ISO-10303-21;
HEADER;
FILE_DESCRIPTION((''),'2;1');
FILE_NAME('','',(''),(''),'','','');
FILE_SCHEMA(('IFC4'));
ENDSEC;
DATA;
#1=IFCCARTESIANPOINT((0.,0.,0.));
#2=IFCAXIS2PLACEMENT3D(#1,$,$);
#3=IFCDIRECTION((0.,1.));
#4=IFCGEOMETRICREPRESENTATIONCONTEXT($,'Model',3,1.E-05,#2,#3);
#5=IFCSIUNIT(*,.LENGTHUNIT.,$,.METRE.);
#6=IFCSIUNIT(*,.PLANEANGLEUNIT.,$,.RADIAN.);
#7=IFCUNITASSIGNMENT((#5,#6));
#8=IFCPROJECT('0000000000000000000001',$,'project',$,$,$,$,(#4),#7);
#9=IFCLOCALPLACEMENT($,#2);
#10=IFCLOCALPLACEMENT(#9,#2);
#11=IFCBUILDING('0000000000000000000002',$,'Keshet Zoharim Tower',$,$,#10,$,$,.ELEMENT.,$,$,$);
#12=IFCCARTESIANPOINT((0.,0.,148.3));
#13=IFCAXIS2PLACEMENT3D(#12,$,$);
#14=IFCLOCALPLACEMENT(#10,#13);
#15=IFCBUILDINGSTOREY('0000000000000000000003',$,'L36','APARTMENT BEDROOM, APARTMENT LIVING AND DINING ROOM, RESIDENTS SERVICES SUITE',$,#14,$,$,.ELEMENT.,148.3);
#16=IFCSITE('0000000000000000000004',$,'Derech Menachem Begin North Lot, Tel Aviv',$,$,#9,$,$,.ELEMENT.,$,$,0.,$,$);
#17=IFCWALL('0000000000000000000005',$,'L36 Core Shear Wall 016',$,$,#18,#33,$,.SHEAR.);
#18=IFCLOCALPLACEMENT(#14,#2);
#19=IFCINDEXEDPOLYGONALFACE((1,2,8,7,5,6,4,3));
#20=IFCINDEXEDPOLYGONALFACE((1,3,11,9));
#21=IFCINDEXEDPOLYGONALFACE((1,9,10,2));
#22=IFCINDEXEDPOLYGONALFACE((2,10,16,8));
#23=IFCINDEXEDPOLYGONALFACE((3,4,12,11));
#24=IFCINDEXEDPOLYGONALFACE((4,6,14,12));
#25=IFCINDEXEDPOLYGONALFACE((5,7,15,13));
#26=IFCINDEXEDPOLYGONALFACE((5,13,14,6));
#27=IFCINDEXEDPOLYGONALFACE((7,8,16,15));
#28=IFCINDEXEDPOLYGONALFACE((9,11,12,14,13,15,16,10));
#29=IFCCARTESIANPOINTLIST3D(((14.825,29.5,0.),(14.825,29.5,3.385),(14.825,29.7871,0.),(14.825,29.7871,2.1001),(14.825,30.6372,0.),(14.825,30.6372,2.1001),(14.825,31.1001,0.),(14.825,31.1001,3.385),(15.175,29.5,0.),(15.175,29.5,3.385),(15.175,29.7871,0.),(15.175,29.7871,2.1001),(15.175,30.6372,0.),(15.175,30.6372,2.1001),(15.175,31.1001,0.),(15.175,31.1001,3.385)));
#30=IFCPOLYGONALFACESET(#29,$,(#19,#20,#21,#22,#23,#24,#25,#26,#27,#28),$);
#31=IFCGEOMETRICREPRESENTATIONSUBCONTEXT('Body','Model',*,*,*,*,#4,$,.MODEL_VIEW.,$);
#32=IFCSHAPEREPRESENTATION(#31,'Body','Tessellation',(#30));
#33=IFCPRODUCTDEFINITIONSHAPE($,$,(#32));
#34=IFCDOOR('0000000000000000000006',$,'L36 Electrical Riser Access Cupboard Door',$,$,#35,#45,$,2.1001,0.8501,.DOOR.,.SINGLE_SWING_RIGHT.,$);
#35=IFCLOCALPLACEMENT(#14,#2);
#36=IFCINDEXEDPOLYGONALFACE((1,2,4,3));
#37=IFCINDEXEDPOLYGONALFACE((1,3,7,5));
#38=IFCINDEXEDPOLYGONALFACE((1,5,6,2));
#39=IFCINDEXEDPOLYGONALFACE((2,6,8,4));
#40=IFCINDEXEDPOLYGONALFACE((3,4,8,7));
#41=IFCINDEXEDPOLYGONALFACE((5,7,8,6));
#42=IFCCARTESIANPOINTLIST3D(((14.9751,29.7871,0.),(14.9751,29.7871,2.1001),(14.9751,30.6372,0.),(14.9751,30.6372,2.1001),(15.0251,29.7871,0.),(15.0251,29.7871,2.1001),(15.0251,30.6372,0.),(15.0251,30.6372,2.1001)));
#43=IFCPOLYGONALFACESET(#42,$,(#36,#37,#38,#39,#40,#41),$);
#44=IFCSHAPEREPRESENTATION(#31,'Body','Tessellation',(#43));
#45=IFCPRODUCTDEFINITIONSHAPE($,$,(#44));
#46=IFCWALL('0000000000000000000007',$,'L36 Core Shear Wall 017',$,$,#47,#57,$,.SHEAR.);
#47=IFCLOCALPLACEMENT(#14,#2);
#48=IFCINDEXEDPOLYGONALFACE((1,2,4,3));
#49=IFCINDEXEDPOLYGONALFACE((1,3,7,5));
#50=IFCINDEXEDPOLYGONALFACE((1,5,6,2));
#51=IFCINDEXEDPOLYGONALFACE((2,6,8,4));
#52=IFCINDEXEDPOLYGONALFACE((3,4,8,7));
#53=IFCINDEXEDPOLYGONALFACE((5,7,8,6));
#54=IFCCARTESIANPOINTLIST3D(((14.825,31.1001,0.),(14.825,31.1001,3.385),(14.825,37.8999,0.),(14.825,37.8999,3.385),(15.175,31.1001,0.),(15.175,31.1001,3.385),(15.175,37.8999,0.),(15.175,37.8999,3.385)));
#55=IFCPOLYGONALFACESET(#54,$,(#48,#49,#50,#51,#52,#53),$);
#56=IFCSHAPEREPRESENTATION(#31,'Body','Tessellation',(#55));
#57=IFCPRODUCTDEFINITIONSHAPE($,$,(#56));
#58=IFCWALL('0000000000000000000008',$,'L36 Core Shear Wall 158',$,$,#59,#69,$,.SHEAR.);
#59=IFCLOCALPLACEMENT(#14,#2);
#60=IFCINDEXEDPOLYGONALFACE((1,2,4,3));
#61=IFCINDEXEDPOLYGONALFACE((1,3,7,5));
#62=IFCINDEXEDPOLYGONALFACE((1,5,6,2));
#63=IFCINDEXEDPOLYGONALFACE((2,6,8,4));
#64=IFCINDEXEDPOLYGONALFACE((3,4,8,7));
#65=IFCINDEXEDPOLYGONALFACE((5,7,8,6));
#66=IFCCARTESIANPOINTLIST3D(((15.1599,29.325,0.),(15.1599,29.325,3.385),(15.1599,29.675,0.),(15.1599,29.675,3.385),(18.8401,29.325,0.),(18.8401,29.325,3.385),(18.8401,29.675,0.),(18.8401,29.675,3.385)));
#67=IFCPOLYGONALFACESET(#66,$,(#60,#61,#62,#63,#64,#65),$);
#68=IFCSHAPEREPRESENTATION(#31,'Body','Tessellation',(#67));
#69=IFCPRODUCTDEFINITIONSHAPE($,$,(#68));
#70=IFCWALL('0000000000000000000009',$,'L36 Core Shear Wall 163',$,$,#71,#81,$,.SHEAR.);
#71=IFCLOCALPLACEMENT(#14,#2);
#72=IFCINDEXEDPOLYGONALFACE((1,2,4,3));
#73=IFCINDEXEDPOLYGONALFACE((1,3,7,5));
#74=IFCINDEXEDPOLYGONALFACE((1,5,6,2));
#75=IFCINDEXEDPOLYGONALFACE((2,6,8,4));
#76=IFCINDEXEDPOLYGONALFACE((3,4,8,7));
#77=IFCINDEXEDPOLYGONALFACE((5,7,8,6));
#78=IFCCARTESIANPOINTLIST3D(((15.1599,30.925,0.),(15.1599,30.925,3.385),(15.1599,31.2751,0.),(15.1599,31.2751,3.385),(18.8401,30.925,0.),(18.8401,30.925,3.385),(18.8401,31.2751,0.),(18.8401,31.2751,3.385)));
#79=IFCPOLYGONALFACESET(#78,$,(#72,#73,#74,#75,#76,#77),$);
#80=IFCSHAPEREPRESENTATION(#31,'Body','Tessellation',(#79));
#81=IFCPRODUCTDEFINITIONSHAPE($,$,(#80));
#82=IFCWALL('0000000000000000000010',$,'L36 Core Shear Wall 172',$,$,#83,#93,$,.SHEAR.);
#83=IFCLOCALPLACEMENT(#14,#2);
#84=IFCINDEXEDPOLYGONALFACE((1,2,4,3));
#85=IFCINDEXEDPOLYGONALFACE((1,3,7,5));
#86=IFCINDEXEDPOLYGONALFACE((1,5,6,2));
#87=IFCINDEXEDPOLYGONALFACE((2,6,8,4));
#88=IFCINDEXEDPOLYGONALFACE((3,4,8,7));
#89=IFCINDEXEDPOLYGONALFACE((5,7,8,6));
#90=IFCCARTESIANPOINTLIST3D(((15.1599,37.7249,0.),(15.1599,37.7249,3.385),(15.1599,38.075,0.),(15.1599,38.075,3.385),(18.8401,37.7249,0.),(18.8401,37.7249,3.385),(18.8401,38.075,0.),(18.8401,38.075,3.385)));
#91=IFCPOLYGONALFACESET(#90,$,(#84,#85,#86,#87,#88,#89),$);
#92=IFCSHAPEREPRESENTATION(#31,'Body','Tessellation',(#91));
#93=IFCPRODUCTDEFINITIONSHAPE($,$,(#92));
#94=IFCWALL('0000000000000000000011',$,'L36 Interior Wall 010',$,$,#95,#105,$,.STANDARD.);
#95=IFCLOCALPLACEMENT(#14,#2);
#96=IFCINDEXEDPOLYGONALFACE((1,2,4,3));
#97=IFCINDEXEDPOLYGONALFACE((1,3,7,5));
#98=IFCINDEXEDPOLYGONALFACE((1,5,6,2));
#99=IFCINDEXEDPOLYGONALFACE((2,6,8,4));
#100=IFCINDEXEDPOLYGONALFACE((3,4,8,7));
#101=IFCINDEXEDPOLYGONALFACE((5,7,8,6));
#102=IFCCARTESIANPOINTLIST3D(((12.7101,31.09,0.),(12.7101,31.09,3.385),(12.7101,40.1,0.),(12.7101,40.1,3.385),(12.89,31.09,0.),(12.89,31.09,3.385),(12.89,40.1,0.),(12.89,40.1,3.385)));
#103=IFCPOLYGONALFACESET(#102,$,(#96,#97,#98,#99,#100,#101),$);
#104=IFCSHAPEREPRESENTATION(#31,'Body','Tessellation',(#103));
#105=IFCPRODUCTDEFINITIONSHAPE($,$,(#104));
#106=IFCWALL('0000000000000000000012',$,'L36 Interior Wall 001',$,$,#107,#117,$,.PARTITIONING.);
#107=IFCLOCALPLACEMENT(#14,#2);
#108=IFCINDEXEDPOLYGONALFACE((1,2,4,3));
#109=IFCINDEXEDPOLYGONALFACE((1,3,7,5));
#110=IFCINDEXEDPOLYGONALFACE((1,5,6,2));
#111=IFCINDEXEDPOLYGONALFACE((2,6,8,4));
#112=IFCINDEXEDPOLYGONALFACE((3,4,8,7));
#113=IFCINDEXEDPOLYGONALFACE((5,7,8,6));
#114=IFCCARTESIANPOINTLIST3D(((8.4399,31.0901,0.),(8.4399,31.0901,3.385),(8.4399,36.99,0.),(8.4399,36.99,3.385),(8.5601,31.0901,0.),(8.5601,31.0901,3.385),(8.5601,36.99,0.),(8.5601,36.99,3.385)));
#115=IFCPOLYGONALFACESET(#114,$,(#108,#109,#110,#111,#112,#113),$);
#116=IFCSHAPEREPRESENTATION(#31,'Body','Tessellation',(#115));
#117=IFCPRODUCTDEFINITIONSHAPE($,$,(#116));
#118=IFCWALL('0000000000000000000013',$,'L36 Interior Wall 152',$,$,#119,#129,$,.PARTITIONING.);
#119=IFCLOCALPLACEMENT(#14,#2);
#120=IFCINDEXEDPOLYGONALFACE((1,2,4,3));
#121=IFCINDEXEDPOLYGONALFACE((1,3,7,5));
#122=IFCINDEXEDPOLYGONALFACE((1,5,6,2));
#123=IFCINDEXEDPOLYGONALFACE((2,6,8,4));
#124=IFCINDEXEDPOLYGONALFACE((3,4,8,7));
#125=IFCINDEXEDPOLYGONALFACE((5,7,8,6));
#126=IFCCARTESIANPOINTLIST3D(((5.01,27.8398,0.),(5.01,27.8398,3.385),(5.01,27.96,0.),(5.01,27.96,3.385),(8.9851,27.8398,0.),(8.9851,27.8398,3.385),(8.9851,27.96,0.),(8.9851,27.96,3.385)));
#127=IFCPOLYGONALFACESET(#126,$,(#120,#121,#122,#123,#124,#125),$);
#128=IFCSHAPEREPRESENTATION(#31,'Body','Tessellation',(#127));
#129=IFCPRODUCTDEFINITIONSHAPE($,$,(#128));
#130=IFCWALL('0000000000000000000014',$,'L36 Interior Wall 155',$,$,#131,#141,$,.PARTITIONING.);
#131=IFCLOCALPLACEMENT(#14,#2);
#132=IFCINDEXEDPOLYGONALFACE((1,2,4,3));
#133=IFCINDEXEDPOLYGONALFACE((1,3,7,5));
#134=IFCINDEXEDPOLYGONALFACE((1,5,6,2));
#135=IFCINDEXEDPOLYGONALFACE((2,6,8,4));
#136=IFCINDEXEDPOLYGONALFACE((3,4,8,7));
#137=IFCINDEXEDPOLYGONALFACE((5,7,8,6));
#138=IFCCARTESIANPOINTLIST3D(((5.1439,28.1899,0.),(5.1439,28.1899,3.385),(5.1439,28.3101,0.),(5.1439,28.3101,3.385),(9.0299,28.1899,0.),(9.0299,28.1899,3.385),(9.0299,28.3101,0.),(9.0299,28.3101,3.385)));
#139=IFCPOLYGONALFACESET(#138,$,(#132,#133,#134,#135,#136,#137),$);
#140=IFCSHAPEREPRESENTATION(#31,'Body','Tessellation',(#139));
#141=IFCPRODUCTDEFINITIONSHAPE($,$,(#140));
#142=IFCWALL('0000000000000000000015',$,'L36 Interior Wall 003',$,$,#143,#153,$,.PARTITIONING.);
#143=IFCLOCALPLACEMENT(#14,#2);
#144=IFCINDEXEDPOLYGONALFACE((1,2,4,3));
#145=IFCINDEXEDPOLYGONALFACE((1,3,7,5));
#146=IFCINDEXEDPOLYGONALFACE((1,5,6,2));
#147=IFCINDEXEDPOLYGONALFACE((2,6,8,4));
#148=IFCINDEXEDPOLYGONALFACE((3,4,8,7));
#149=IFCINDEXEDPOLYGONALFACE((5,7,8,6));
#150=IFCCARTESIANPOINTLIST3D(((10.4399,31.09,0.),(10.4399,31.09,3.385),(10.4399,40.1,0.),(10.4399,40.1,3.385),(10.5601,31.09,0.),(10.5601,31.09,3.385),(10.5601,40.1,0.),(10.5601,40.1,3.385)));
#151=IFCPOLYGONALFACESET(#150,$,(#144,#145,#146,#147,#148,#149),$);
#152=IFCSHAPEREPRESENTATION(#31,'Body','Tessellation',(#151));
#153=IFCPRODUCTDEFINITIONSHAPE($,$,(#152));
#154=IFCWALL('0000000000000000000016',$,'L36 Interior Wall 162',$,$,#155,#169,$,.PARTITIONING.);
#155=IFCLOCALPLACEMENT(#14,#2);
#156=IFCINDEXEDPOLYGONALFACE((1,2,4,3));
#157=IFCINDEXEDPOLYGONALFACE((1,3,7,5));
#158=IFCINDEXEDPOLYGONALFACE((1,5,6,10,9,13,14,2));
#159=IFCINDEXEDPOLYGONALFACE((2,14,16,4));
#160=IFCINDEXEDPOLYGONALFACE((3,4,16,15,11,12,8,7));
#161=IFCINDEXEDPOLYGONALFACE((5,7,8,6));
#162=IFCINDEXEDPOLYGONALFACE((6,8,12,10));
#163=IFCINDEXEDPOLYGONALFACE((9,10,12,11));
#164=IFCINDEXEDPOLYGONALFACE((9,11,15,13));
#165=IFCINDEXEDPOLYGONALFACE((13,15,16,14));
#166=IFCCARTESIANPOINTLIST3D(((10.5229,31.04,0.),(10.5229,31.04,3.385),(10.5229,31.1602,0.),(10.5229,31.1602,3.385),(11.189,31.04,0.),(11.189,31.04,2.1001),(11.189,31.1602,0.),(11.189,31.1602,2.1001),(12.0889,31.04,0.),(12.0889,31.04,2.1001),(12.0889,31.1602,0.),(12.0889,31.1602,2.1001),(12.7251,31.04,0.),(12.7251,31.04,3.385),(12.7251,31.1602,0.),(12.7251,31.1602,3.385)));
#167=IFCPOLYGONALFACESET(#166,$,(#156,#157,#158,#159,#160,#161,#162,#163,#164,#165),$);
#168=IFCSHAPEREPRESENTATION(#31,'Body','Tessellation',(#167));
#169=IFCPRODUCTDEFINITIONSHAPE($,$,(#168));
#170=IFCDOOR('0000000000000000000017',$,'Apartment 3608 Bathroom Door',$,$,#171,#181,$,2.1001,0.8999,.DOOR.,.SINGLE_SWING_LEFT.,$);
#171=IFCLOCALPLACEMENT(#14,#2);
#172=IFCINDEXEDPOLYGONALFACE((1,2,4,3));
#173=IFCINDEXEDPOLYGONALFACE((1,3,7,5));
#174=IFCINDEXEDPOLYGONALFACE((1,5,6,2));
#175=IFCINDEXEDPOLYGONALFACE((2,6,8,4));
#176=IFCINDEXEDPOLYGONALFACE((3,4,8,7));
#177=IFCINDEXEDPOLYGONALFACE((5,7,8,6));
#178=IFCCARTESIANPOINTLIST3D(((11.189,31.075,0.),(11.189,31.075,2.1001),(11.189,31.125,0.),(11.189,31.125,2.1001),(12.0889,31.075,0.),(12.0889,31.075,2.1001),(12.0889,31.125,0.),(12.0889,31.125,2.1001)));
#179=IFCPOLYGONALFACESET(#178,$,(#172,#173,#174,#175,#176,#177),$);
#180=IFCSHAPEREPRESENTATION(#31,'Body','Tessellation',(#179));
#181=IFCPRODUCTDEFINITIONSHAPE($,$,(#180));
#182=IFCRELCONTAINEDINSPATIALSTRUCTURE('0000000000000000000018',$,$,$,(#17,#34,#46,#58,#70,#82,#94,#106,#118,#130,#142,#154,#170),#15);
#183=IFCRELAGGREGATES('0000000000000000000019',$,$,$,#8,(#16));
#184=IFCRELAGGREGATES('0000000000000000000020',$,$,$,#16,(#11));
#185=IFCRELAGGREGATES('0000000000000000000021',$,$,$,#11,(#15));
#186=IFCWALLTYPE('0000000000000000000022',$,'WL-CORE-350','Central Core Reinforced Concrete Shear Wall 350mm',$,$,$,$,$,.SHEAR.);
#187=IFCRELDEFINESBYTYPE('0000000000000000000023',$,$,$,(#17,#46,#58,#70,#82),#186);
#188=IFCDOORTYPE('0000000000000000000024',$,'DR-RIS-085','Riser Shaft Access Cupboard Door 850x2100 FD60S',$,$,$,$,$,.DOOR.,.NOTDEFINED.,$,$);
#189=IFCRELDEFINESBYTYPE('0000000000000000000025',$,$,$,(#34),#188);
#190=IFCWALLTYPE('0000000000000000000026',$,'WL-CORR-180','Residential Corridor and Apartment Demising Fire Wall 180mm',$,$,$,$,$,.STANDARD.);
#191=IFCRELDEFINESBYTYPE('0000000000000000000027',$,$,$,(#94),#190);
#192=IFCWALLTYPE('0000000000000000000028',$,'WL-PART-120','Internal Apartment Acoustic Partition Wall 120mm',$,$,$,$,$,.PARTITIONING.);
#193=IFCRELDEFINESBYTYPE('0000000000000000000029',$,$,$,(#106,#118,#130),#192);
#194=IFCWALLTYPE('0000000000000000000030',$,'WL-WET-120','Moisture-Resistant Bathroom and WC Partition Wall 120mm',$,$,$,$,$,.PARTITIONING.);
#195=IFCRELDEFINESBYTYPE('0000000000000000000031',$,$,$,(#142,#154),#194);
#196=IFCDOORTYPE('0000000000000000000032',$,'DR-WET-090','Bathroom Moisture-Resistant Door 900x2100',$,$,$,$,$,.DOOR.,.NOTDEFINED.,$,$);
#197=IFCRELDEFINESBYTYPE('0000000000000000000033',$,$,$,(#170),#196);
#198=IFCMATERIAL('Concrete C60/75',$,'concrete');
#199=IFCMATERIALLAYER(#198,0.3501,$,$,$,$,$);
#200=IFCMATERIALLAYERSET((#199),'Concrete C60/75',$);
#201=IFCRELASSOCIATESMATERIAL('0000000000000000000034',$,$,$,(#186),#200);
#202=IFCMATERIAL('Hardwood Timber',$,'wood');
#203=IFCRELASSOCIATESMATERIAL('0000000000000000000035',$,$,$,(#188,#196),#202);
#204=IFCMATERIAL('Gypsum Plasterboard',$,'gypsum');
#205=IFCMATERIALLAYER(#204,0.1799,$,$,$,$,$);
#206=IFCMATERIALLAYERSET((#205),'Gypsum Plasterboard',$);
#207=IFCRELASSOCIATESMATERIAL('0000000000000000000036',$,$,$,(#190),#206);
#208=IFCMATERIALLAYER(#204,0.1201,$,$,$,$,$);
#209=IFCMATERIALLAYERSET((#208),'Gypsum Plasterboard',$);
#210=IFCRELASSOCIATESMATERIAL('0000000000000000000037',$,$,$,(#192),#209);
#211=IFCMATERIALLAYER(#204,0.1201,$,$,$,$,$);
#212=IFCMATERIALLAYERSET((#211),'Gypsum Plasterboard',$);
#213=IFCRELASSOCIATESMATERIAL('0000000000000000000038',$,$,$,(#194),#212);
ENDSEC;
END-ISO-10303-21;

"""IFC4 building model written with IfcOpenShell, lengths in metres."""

from ifc_helpers import new_model, si_unit, direction, frame, frame_2d, origin, place, context, subcontext, project, spatial, rectangle, extrude, material, layer, layer_set, type_object, element, fill, save


model = new_model("IFC4")

# Units and contexts
model_context = context("Model", 3, precision=1e-05, world=origin(), true_north=direction((0.0, 1.0)))
body_context = subcontext(model_context, "Body", "Model", "MODEL_VIEW")
ifc_project = project(units=[si_unit("LENGTHUNIT", "METRE"), si_unit("PLANEANGLEUNIT", "RADIAN")], contexts=[model_context])

# Site, building, storey
site_placement = place(None, origin())
site = spatial("IfcSite", under=ifc_project, at=site_placement, Name="Derech Menachem Begin North Lot, Tel Aviv", CompositionType="ELEMENT", RefElevation=0.0)
building_placement = place(site_placement, origin())
building = spatial("IfcBuilding", under=site, at=building_placement, Name="Keshet Zoharim Tower", CompositionType="ELEMENT")
storey_placement = place(building_placement, frame((0.0, 0.0, 148.3)))
storey = spatial("IfcBuildingStorey", under=building, at=storey_placement, Name="L36", Description="APARTMENT BEDROOM, APARTMENT LIVING AND DINING ROOM, RESIDENTS SERVICES SUITE", CompositionType="ELEMENT", Elevation=148.3)

# Wall, opening, door
ifc_material_1 = material(Name="Concrete C60/75", Category="concrete")
ifc_layer_1 = layer(ifc_material_1, 0.3501)
ifc_layer_set_1 = layer_set([ifc_layer_1], Name="Concrete C60/75")
wall_type_1 = type_object("IfcWallType", Name="WL-CORE-350", Description="Central Core Reinforced Concrete Shear Wall 350mm", PredefinedType="SHEAR", material=ifc_layer_set_1)
wall_1_placement = place(storey_placement, frame((15.0, 29.5, 0.0), z_axis=(0.0, 0.0, 1.0), x_axis=(0.0, 1.0, 0.0)))
wall_1 = element("IfcWall", 1, at=wall_1_placement, inside=storey, type_object=wall_type_1, Name="L36 Core Shear Wall 016", PredefinedType="SHEAR", context=body_context, shape_type="SweptSolid", body=[
    extrude(rectangle(XDim=1.6001, YDim=0.3501, at=frame_2d((0.8, 0.0))), origin(), (0.0, 0.0, 1.0), 3.385),
])
opening_1_placement = place(wall_1_placement, frame((0.2871, 0.0, 0.0)))
opening_1 = element("IfcOpeningElement", 2, at=opening_1_placement, cuts=wall_1, PredefinedType="OPENING", context=body_context, shape_type="SweptSolid", body=[
    extrude(rectangle(XDim=0.8501, YDim=2.1001, at=frame_2d((0.425, 1.05))), frame((0.0, 0.1851, 0.0), z_axis=(0.0, -1.0, 0.0), x_axis=(1.0, 0.0, 0.0)), (0.0, 0.0, 1.0), 0.3701),
])
ifc_material_2 = material(Name="Hardwood Timber", Category="wood")
door_type_1 = type_object("IfcDoorType", Name="DR-RIS-085", Description="Riser Shaft Access Cupboard Door 850x2100 FD60S", OperationType="NOTDEFINED", PredefinedType="DOOR", material=ifc_material_2)
door_1_placement = place(opening_1_placement, origin())
door_1 = element("IfcDoor", 3, at=door_1_placement, inside=storey, type_object=door_type_1, Name="L36 Electrical Riser Access Cupboard Door", OperationType="SINGLE_SWING_RIGHT", OverallHeight=2.1001, OverallWidth=0.8501, PredefinedType="DOOR", context=body_context, shape_type="SweptSolid", body=[
    extrude(rectangle(XDim=0.8501, YDim=2.1001, at=frame_2d((0.425, 1.05))), frame((0.0, 0.0249, 0.0), z_axis=(0.0, -1.0, 0.0), x_axis=(1.0, 0.0, 0.0)), (0.0, 0.0, 1.0), 0.05),
])
fill(opening_1, door_1)

# Walls
wall_2_placement = place(storey_placement, frame((15.0, 31.1001, 0.0), z_axis=(0.0, 0.0, 1.0), x_axis=(0.0, 1.0, 0.0)))
element("IfcWall", 4, at=wall_2_placement, inside=storey, type_object=wall_type_1, Name="L36 Core Shear Wall 017", PredefinedType="SHEAR", context=body_context, shape_type="SweptSolid", body=[
    extrude(rectangle(XDim=6.7998, YDim=0.3501, at=frame_2d((3.3999, 0.0))), origin(), (0.0, 0.0, 1.0), 3.385),
])
for number, where, z_axis, x_axis, name in (
    (5, (15.1599, 29.5, 0.0), (0.0, 0.0, 1.0), (1.0, 0.0, 0.0), "L36 Core Shear Wall 158"),
    (6, (15.1599, 31.1001, 0.0), (0.0, 0.0, 1.0), (1.0, 0.0, 0.0), "L36 Core Shear Wall 163"),
    (7, (15.1599, 37.8999, 0.0), (0.0, 0.0, 1.0), (1.0, 0.0, 0.0), "L36 Core Shear Wall 172"),
):
    element("IfcWall", number, at=place(storey_placement, frame(where, z_axis=z_axis, x_axis=x_axis)), inside=storey, type_object=wall_type_1, Name=name, PredefinedType="SHEAR", context=body_context, shape_type="SweptSolid", body=[
        extrude(rectangle(XDim=3.6802, YDim=0.3501, at=frame_2d((1.8401, 0.0))), origin(), (0.0, 0.0, 1.0), 3.385),
    ])

# Shared definitions
ifc_material_3 = material(Name="Gypsum Plasterboard", Category="gypsum")
ifc_layer_2 = layer(ifc_material_3, 0.1799)
ifc_layer_set_2 = layer_set([ifc_layer_2], Name="Gypsum Plasterboard")
wall_type_2 = type_object("IfcWallType", Name="WL-CORR-180", Description="Residential Corridor and Apartment Demising Fire Wall 180mm", PredefinedType="STANDARD", material=ifc_layer_set_2)

# Walls
wall_3_placement = place(storey_placement, frame((12.8, 31.0901, 0.0), z_axis=(0.0, 0.0, 1.0), x_axis=(0.0, 1.0, 0.0)))
element("IfcWall", 8, at=wall_3_placement, inside=storey, type_object=wall_type_2, Name="L36 Interior Wall 010", PredefinedType="STANDARD", context=body_context, shape_type="SweptSolid", body=[
    extrude(rectangle(XDim=9.01, YDim=0.1799, at=frame_2d((4.5049, 0.0))), origin(), (0.0, 0.0, 1.0), 3.385),
])
ifc_layer_3 = layer(ifc_material_3, 0.1201)
ifc_layer_set_3 = layer_set([ifc_layer_3], Name="Gypsum Plasterboard")
wall_type_3 = type_object("IfcWallType", Name="WL-PART-120", Description="Internal Apartment Acoustic Partition Wall 120mm", PredefinedType="PARTITIONING", material=ifc_layer_set_3)
wall_4_placement = place(storey_placement, frame((8.5, 31.0901, 0.0), z_axis=(0.0, 0.0, 1.0), x_axis=(0.0, 1.0, 0.0)))
element("IfcWall", 9, at=wall_4_placement, inside=storey, type_object=wall_type_3, Name="L36 Interior Wall 001", PredefinedType="PARTITIONING", context=body_context, shape_type="SweptSolid", body=[
    extrude(rectangle(XDim=5.8999, YDim=0.1201, at=frame_2d((2.95, 0.0))), origin(), (0.0, 0.0, 1.0), 3.385),
])
wall_5_placement = place(storey_placement, frame((5.01, 27.8999, 0.0), z_axis=(0.0, 0.0, 1.0), x_axis=(1.0, 0.0, 0.0)))
element("IfcWall", 10, at=wall_5_placement, inside=storey, type_object=wall_type_3, Name="L36 Interior Wall 152", PredefinedType="PARTITIONING", context=body_context, shape_type="SweptSolid", body=[
    extrude(rectangle(XDim=3.9751, YDim=0.1201, at=frame_2d((1.9875, 0.0))), origin(), (0.0, 0.0, 1.0), 3.385),
])
wall_6_placement = place(storey_placement, frame((5.144, 28.25, 0.0), z_axis=(0.0, 0.0, 1.0), x_axis=(1.0, 0.0, 0.0)))
element("IfcWall", 11, at=wall_6_placement, inside=storey, type_object=wall_type_3, Name="L36 Interior Wall 155", PredefinedType="PARTITIONING", context=body_context, shape_type="SweptSolid", body=[
    extrude(rectangle(XDim=3.886, YDim=0.1201, at=frame_2d((1.9429, 0.0))), origin(), (0.0, 0.0, 1.0), 3.385),
])

# Wall
ifc_layer_4 = layer(ifc_material_3, 0.1201)
ifc_layer_set_4 = layer_set([ifc_layer_4], Name="Gypsum Plasterboard")
wall_type_4 = type_object("IfcWallType", Name="WL-WET-120", Description="Moisture-Resistant Bathroom and WC Partition Wall 120mm", PredefinedType="PARTITIONING", material=ifc_layer_set_4)
wall_7_placement = place(storey_placement, frame((10.5, 31.0901, 0.0), z_axis=(0.0, 0.0, 1.0), x_axis=(0.0, 1.0, 0.0)))
element("IfcWall", 12, at=wall_7_placement, inside=storey, type_object=wall_type_4, Name="L36 Interior Wall 003", PredefinedType="PARTITIONING", context=body_context, shape_type="SweptSolid", body=[
    extrude(rectangle(XDim=9.01, YDim=0.1201, at=frame_2d((4.5049, 0.0))), origin(), (0.0, 0.0, 1.0), 3.385),
])

# Wall, opening, door
wall_8_placement = place(storey_placement, frame((10.5229, 31.1001, 0.0), z_axis=(0.0, 0.0, 1.0), x_axis=(1.0, 0.0, 0.0)))
wall_8 = element("IfcWall", 13, at=wall_8_placement, inside=storey, type_object=wall_type_4, Name="L36 Interior Wall 162", PredefinedType="PARTITIONING", context=body_context, shape_type="SweptSolid", body=[
    extrude(rectangle(XDim=2.2021, YDim=0.1201, at=frame_2d((1.1011, 0.0))), origin(), (0.0, 0.0, 1.0), 3.385),
])
opening_2_placement = place(wall_8_placement, frame((0.666, 0.0, 0.0)))
opening_2 = element("IfcOpeningElement", 14, at=opening_2_placement, cuts=wall_8, PredefinedType="OPENING", context=body_context, shape_type="SweptSolid", body=[
    extrude(rectangle(XDim=0.8999, YDim=2.1001, at=frame_2d((0.45, 1.05))), frame((0.0, 0.0701, 0.0), z_axis=(0.0, -1.0, 0.0), x_axis=(1.0, 0.0, 0.0)), (0.0, 0.0, 1.0), 0.1401),
])
door_type_2 = type_object("IfcDoorType", Name="DR-WET-090", Description="Bathroom Moisture-Resistant Door 900x2100", OperationType="NOTDEFINED", PredefinedType="DOOR", material=ifc_material_2)
door_2_placement = place(opening_2_placement, origin())
door_2 = element("IfcDoor", 15, at=door_2_placement, inside=storey, type_object=door_type_2, Name="Apartment 3608 Bathroom Door", OperationType="SINGLE_SWING_LEFT", OverallHeight=2.1001, OverallWidth=0.8999, PredefinedType="DOOR", context=body_context, shape_type="SweptSolid", body=[
    extrude(rectangle(XDim=0.8999, YDim=2.1001, at=frame_2d((0.45, 1.05))), frame((0.0, 0.0249, 0.0), z_axis=(0.0, -1.0, 0.0), x_axis=(1.0, 0.0, 0.0)), (0.0, 0.0, 1.0), 0.05),
])
fill(opening_2, door_2)

save(model, "model.ifc")
